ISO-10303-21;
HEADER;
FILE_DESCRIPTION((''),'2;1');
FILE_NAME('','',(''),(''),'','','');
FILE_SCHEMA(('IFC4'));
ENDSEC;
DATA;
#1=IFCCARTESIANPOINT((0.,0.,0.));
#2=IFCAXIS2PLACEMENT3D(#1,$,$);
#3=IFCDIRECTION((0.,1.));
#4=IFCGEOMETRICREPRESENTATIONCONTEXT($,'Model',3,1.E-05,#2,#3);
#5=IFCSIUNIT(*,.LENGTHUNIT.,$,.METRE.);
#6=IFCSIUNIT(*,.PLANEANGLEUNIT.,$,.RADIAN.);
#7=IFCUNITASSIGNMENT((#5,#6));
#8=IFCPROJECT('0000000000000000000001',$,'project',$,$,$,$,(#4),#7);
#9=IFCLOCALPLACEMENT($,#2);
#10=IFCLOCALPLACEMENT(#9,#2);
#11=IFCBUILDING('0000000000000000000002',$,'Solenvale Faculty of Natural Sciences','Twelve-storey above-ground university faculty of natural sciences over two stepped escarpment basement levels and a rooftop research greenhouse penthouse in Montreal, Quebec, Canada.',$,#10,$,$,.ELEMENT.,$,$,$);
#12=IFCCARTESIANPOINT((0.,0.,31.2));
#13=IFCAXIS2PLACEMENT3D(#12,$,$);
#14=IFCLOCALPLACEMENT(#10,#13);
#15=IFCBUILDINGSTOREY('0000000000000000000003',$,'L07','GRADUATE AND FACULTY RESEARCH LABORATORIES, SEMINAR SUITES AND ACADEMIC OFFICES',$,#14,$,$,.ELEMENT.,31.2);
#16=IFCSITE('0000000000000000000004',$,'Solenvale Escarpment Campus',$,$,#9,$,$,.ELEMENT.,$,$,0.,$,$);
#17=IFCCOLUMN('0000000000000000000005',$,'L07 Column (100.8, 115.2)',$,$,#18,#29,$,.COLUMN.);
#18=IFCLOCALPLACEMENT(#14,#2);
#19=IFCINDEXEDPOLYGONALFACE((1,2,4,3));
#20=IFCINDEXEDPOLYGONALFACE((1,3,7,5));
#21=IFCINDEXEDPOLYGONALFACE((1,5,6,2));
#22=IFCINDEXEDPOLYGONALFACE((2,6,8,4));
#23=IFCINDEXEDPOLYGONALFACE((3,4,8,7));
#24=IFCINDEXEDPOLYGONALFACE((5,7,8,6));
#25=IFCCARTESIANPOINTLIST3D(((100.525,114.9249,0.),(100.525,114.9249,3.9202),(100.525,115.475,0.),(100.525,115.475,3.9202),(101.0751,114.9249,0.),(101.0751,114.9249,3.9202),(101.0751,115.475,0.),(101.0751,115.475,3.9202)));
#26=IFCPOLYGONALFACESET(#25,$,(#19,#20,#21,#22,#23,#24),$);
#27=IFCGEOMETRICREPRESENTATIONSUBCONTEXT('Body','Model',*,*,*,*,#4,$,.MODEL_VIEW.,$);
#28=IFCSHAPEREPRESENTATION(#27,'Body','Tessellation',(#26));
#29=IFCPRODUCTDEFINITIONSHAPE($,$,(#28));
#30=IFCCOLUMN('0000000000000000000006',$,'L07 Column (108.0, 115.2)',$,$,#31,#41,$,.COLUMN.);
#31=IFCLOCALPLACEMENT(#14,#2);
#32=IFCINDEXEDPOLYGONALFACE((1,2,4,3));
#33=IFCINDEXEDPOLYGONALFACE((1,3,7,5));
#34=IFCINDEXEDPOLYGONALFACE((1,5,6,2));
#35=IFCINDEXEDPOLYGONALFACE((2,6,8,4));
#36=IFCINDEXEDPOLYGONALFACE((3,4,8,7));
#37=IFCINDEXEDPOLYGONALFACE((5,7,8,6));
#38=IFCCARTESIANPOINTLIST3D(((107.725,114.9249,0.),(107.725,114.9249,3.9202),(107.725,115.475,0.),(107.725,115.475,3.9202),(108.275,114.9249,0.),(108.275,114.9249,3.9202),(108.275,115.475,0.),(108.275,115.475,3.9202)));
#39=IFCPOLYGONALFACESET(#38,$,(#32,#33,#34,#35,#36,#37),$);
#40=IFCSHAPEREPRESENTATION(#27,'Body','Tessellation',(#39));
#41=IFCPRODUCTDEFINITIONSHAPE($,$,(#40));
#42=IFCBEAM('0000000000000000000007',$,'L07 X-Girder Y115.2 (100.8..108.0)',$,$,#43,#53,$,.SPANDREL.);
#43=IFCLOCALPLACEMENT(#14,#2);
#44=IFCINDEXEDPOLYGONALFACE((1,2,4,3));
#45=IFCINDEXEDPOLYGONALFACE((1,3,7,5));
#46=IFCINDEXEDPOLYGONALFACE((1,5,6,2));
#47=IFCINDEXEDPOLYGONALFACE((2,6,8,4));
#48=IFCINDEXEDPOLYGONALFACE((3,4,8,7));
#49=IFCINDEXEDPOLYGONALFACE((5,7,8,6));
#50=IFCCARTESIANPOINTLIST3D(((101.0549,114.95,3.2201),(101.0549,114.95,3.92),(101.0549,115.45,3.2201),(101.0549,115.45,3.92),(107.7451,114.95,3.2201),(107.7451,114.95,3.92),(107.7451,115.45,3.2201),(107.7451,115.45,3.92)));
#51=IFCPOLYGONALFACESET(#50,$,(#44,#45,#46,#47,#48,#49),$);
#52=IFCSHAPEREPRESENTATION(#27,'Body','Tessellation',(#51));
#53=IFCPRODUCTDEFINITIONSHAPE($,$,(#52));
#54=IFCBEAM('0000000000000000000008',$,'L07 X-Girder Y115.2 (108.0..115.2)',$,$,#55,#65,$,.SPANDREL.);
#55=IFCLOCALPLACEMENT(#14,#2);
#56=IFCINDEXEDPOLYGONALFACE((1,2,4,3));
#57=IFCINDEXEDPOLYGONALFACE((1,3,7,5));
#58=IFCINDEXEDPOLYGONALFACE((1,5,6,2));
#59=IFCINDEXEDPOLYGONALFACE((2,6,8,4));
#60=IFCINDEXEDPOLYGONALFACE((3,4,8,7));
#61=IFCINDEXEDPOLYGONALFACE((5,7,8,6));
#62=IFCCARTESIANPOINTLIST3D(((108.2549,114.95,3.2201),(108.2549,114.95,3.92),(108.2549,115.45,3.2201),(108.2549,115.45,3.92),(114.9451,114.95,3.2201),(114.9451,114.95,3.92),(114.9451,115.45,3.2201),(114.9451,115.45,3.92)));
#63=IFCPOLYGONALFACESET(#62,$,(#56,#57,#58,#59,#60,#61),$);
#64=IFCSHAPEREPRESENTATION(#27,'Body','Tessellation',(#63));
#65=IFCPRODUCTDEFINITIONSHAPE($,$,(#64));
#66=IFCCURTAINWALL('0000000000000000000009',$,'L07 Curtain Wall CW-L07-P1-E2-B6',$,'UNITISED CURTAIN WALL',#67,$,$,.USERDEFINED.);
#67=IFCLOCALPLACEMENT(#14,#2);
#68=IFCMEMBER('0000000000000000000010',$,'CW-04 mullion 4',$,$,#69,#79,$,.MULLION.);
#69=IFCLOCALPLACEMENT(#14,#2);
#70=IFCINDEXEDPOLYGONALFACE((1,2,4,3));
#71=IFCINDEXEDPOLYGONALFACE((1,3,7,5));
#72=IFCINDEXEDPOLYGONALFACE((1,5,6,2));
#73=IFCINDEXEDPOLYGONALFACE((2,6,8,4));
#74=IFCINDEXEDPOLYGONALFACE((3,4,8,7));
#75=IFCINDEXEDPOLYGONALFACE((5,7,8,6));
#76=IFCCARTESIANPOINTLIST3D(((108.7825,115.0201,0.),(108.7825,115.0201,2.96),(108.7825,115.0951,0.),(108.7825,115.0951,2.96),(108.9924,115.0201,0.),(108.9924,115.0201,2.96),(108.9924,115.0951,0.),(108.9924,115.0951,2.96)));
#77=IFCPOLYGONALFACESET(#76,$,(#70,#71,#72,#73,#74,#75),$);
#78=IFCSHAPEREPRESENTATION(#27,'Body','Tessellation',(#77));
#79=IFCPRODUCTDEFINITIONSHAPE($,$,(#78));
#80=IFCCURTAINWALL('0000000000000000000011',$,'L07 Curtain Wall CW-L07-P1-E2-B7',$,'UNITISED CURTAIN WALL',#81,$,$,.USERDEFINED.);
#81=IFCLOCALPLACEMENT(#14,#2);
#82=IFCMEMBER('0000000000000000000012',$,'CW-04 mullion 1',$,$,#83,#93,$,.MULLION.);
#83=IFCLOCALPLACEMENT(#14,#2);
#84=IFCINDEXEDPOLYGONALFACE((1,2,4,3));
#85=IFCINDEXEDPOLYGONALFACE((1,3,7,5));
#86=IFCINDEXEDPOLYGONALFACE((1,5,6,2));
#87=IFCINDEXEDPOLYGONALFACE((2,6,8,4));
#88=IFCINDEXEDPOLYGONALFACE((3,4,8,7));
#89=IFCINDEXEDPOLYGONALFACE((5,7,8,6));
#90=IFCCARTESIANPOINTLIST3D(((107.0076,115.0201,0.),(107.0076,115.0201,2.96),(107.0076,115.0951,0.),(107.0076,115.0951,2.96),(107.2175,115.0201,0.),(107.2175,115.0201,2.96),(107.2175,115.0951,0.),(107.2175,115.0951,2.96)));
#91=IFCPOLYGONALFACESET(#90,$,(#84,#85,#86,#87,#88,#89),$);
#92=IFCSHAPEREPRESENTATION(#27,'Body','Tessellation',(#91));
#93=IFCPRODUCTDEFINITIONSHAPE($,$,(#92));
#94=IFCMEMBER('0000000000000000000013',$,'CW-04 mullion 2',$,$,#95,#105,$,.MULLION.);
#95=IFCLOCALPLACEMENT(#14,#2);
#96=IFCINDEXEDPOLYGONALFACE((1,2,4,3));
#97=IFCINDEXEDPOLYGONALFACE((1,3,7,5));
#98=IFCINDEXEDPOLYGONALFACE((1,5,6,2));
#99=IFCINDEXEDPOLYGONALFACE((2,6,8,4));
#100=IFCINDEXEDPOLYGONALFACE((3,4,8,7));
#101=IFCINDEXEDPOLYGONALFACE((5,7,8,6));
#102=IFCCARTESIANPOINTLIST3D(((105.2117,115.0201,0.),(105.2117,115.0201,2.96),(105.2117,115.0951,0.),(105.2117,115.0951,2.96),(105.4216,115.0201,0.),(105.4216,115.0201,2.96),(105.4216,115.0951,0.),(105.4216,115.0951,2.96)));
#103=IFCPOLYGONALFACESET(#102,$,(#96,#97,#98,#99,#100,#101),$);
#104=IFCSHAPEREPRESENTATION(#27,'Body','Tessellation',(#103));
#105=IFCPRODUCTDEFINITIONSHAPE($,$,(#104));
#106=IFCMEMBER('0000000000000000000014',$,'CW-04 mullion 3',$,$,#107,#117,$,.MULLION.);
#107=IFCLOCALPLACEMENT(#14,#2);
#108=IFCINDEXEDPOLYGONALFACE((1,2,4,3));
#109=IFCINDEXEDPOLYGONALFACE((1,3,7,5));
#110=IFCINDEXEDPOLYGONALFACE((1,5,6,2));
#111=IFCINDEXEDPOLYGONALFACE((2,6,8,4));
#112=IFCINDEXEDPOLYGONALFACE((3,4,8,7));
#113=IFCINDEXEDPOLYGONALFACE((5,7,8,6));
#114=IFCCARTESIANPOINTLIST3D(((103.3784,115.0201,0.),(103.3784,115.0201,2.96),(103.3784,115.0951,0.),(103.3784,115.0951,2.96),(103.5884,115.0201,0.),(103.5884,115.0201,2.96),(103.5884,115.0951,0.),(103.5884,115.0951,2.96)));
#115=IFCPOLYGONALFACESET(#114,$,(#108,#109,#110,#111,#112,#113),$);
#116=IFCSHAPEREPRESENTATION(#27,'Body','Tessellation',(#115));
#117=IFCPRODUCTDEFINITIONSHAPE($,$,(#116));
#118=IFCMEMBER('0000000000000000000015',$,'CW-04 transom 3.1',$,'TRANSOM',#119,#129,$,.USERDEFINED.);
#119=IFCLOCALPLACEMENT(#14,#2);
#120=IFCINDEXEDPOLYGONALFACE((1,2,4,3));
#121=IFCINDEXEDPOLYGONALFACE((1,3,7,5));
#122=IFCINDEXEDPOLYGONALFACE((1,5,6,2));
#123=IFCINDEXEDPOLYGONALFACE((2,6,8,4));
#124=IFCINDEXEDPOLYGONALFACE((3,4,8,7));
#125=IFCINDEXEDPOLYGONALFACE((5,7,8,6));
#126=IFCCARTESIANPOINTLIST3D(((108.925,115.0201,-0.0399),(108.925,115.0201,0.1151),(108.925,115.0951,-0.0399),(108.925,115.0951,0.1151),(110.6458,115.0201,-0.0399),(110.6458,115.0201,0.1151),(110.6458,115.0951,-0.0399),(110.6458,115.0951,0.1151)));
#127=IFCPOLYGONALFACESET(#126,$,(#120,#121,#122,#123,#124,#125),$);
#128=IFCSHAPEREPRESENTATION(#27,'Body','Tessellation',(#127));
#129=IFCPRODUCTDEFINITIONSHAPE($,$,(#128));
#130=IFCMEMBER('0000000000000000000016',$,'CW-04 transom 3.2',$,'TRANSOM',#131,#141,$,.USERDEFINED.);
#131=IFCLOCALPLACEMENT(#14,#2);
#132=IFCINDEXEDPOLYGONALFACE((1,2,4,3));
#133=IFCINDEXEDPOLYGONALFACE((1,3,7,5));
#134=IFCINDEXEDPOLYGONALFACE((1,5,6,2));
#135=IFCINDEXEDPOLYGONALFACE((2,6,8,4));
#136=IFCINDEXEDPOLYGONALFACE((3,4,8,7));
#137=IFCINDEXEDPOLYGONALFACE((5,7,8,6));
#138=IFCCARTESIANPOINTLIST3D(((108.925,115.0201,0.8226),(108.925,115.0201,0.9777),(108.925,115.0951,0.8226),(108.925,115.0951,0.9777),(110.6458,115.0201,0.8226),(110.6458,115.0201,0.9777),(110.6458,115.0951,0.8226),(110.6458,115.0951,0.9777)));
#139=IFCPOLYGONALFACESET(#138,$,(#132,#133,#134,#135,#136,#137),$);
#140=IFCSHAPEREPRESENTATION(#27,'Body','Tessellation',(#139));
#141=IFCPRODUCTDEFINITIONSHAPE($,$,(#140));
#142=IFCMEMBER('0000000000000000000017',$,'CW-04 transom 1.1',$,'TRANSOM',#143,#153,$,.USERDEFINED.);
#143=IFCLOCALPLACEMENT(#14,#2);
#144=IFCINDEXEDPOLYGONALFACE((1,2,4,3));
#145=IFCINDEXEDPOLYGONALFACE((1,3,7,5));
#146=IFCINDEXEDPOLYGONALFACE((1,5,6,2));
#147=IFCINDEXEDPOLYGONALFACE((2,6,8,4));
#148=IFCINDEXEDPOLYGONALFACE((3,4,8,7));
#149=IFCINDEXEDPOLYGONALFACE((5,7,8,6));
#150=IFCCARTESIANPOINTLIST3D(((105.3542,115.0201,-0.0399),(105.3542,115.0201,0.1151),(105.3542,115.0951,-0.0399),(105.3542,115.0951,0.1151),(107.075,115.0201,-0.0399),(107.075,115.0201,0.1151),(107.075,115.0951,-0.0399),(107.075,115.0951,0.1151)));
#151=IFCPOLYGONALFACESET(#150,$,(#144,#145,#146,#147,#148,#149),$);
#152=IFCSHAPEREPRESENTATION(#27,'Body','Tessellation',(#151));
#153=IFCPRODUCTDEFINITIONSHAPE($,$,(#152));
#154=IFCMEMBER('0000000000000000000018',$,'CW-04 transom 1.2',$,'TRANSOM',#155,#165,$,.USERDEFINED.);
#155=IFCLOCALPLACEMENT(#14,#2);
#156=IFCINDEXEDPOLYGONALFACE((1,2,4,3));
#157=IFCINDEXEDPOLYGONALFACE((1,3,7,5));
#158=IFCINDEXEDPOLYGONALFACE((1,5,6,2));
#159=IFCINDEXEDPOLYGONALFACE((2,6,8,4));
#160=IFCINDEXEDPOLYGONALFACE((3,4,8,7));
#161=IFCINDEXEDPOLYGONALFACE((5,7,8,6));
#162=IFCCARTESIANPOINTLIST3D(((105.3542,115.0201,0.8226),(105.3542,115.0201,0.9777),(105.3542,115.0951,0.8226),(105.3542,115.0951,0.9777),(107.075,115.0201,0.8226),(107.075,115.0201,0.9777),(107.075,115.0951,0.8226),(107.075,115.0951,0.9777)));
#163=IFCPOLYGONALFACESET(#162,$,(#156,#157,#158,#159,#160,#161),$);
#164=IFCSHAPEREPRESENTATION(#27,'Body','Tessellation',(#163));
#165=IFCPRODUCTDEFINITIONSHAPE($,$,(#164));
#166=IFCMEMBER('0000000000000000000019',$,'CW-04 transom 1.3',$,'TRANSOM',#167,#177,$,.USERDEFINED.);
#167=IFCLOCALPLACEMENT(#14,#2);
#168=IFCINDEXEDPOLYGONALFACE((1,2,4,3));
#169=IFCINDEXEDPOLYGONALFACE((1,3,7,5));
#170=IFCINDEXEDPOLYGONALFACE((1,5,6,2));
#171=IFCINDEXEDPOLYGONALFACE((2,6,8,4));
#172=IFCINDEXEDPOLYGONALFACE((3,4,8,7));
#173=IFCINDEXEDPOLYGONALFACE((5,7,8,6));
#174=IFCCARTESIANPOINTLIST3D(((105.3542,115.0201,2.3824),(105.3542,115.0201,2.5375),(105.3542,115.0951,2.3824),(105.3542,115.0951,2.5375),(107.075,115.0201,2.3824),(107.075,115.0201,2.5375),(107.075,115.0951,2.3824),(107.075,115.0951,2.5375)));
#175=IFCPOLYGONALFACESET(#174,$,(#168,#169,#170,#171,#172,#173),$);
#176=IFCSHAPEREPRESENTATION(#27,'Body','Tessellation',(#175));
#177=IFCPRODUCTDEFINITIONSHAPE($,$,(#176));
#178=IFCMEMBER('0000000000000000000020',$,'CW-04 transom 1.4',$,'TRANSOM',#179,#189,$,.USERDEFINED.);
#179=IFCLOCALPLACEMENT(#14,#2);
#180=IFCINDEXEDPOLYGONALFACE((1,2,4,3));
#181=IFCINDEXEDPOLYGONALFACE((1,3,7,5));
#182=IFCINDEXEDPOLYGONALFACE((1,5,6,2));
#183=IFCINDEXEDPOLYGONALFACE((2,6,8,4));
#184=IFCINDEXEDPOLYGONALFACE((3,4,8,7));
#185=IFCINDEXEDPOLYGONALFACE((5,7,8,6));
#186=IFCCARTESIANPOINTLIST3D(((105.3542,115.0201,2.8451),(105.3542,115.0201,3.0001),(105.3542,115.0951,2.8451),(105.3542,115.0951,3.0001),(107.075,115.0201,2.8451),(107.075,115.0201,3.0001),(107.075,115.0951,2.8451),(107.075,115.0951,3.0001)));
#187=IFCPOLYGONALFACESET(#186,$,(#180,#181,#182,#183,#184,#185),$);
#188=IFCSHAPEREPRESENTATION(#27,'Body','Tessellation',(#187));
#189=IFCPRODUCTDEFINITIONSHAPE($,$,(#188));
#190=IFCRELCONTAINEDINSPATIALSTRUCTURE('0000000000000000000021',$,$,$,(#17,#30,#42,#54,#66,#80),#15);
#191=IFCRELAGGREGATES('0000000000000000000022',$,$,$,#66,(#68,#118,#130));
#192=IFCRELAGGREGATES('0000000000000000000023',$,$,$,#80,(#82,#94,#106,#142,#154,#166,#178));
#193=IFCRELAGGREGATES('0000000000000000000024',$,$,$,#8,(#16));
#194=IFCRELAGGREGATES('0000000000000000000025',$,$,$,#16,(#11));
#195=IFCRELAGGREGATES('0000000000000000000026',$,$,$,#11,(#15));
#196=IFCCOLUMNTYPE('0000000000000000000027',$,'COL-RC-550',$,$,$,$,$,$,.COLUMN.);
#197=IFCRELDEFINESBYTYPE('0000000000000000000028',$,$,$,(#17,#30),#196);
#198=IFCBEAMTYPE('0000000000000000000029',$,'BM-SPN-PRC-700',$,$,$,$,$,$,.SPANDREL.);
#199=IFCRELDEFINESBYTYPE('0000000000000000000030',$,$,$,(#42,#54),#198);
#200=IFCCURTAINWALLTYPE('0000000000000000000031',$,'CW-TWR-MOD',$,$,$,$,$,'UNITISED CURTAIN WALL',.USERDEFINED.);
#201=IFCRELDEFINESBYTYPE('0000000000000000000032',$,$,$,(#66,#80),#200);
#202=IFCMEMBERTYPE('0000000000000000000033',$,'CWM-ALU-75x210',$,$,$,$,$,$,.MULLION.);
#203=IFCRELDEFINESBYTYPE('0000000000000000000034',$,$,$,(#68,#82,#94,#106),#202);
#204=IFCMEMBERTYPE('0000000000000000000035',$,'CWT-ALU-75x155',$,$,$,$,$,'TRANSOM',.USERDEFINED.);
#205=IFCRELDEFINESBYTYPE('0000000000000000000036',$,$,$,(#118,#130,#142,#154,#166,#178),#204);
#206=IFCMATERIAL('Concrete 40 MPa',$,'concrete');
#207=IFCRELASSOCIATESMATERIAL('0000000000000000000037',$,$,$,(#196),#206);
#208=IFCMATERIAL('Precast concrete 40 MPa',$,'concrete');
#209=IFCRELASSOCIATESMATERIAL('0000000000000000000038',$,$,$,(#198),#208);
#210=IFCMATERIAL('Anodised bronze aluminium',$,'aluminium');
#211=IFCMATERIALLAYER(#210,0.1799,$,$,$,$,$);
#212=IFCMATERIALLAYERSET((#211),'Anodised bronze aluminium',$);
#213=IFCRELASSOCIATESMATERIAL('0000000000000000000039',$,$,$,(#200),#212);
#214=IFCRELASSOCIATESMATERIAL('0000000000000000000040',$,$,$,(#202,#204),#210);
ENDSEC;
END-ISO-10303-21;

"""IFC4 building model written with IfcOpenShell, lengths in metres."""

from ifc_helpers import new_model, si_unit, direction, frame, origin, origin_2d, place, context, subcontext, project, spatial, rectangle, extrude, material, layer, layer_set, material_profile, profile_set, type_object, element, aggregate, save


model = new_model("IFC4")

# Units and contexts
model_context = context("Model", 3, precision=1e-05, world=origin(), true_north=direction((0.0, 1.0)))
body_context = subcontext(model_context, "Body", "Model", "MODEL_VIEW")
ifc_project = project(units=[si_unit("LENGTHUNIT", "METRE"), si_unit("PLANEANGLEUNIT", "RADIAN")], contexts=[model_context])

# Site, building, storey
site_placement = place(None, origin())
site = spatial("IfcSite", under=ifc_project, at=site_placement, Name="Solenvale Escarpment Campus", CompositionType="ELEMENT", RefElevation=0.0)
building_placement = place(site_placement, origin())
building = spatial("IfcBuilding", under=site, at=building_placement, Name="Solenvale Faculty of Natural Sciences", Description="Twelve-storey above-ground university faculty of natural sciences over two stepped escarpment basement levels and a rooftop research greenhouse penthouse in Montreal, Quebec, Canada.", CompositionType="ELEMENT")
storey_placement = place(building_placement, frame((0.0, 0.0, 31.2)))
storey = spatial("IfcBuildingStorey", under=building, at=storey_placement, Name="L07", Description="GRADUATE AND FACULTY RESEARCH LABORATORIES, SEMINAR SUITES AND ACADEMIC OFFICES", CompositionType="ELEMENT", Elevation=31.2)

# Columns
ifc_material_1 = material(Name="Concrete 40 MPa", Category="concrete")
ifc_material_profile_1 = material_profile(ifc_material_1, rectangle(XDim=0.55, YDim=0.55, at=origin_2d()), Name="RC-COL-550x550")
ifc_profile_set_1 = profile_set([ifc_material_profile_1], Name="Concrete 40 MPa")
column_type = type_object("IfcColumnType", Name="COL-RC-550", PredefinedType="COLUMN", material=ifc_profile_set_1)
for number, where, z_axis, x_axis, name in (
    (1, (100.8, 115.2, 0.0), (0.0, 0.0, 1.0), (1.0, 0.0, 0.0), "L07 Column (100.8, 115.2)"),
    (2, (108.0, 115.2, 0.0), (0.0, 0.0, 1.0), (1.0, 0.0, 0.0), "L07 Column (108.0, 115.2)"),
):
    element("IfcColumn", number, at=place(storey_placement, frame(where, z_axis=z_axis, x_axis=x_axis)), inside=storey, type_object=column_type, Name=name, PredefinedType="COLUMN", context=body_context, shape_type="SweptSolid", body=[
        extrude(rectangle(XDim=0.55, YDim=0.55, at=origin_2d()), origin(), (0.0, 0.0, 1.0), 3.9202),
    ])

# Beams
ifc_material_2 = material(Name="Precast concrete 40 MPa", Category="concrete")
ifc_material_profile_2 = material_profile(ifc_material_2, rectangle(XDim=0.5, YDim=0.7, at=origin_2d()), Name="RC-BM-500x700")
ifc_profile_set_2 = profile_set([ifc_material_profile_2], Name="Precast concrete 40 MPa")
beam_type = type_object("IfcBeamType", Name="BM-SPN-PRC-700", PredefinedType="SPANDREL", material=ifc_profile_set_2)
for number, where, z_axis, x_axis, name in (
    (3, (101.0549, 115.2, 3.5701), (1.0, 0.0, 0.0), (0.0, 1.0, 0.0), "L07 X-Girder Y115.2 (100.8..108.0)"),
    (4, (108.2549, 115.2, 3.5701), (1.0, 0.0, 0.0), (0.0, 1.0, 0.0), "L07 X-Girder Y115.2 (108.0..115.2)"),
):
    element("IfcBeam", number, at=place(storey_placement, frame(where, z_axis=z_axis, x_axis=x_axis)), inside=storey, type_object=beam_type, Name=name, PredefinedType="SPANDREL", context=body_context, shape_type="SweptSolid", body=[
        extrude(rectangle(XDim=0.5, YDim=0.7, at=origin_2d()), origin(), (0.0, 0.0, 1.0), 6.6902),
    ])

# Curtain wall, member
ifc_material_3 = material(Name="Anodised bronze aluminium", Category="aluminium")
ifc_layer_1 = layer(ifc_material_3, 0.1799)
ifc_layer_set_1 = layer_set([ifc_layer_1], Name="Anodised bronze aluminium")
curtain_wall_type = type_object("IfcCurtainWallType", Name="CW-TWR-MOD", ElementType="UNITISED CURTAIN WALL", PredefinedType="USERDEFINED", material=ifc_layer_set_1)
curtain_wall_1_placement = place(storey_placement, origin())
curtain_wall_1 = element("IfcCurtainWall", 5, at=curtain_wall_1_placement, inside=storey, type_object=curtain_wall_type, Name="L07 Curtain Wall CW-L07-P1-E2-B6", ObjectType="UNITISED CURTAIN WALL", PredefinedType="USERDEFINED")
ifc_material_profile_3 = material_profile(ifc_material_3, rectangle(XDim=0.075, YDim=0.21, at=origin_2d()), Name="ALU-MUL-75x210")
ifc_profile_set_3 = profile_set([ifc_material_profile_3], Name="Anodised bronze aluminium")
member_type_1 = type_object("IfcMemberType", Name="CWM-ALU-75x210", PredefinedType="MULLION", material=ifc_profile_set_3)
member_1_placement = place(storey_placement, frame((108.8875, 115.0576, 0.0), z_axis=(0.0, 0.0, 1.0), x_axis=(0.0, -1.0, 0.0)))
member_1 = element("IfcMember", 6, at=member_1_placement, type_object=member_type_1, Name="CW-04 mullion 4", PredefinedType="MULLION", context=body_context, shape_type="SweptSolid", body=[
    extrude(rectangle(XDim=0.075, YDim=0.21, at=origin_2d()), origin(), (0.0, 0.0, 1.0), 2.96),
])

# Curtain wall, members
curtain_wall_2_placement = place(storey_placement, origin())
curtain_wall_2 = element("IfcCurtainWall", 7, at=curtain_wall_2_placement, inside=storey, type_object=curtain_wall_type, Name="L07 Curtain Wall CW-L07-P1-E2-B7", ObjectType="UNITISED CURTAIN WALL", PredefinedType="USERDEFINED")
member_2_placement = place(storey_placement, frame((107.1125, 115.0576, 0.0), z_axis=(0.0, 0.0, 1.0), x_axis=(0.0, -1.0, 0.0)))
member_2 = element("IfcMember", 8, at=member_2_placement, type_object=member_type_1, Name="CW-04 mullion 1", PredefinedType="MULLION", context=body_context, shape_type="SweptSolid", body=[
    extrude(rectangle(XDim=0.075, YDim=0.21, at=origin_2d()), origin(), (0.0, 0.0, 1.0), 2.96),
])
member_3_placement = place(storey_placement, frame((105.3167, 115.0576, 0.0), z_axis=(0.0, 0.0, 1.0), x_axis=(0.0, -1.0, 0.0)))
member_3 = element("IfcMember", 9, at=member_3_placement, type_object=member_type_1, Name="CW-04 mullion 2", PredefinedType="MULLION", context=body_context, shape_type="SweptSolid", body=[
    extrude(rectangle(XDim=0.075, YDim=0.21, at=origin_2d()), origin(), (0.0, 0.0, 1.0), 2.96),
])
member_4_placement = place(storey_placement, frame((103.4834, 115.0576, 0.0), z_axis=(0.0, 0.0, 1.0), x_axis=(0.0, -1.0, 0.0)))
member_4 = element("IfcMember", 10, at=member_4_placement, type_object=member_type_1, Name="CW-04 mullion 3", PredefinedType="MULLION", context=body_context, shape_type="SweptSolid", body=[
    extrude(rectangle(XDim=0.075, YDim=0.21, at=origin_2d()), origin(), (0.0, 0.0, 1.0), 2.96),
])

# Members
ifc_material_profile_4 = material_profile(ifc_material_3, rectangle(XDim=0.075, YDim=0.155, at=origin_2d()), Name="ALU-TRN-75x155")
ifc_profile_set_4 = profile_set([ifc_material_profile_4], Name="Anodised bronze aluminium")
member_type_2 = type_object("IfcMemberType", Name="CWT-ALU-75x155", ElementType="TRANSOM", PredefinedType="USERDEFINED", material=ifc_profile_set_4)
member_5_placement = place(storey_placement, frame((110.6458, 115.0576, 0.0376), z_axis=(-1.0, 0.0, 0.0), x_axis=(0.0, -1.0, 0.0)))
member_5 = element("IfcMember", 11, at=member_5_placement, type_object=member_type_2, Name="CW-04 transom 3.1", ObjectType="TRANSOM", PredefinedType="USERDEFINED", context=body_context, shape_type="SweptSolid", body=[
    extrude(rectangle(XDim=0.075, YDim=0.155, at=origin_2d()), origin(), (0.0, 0.0, 1.0), 1.7207),
])
member_6_placement = place(storey_placement, frame((110.6458, 115.0576, 0.9001), z_axis=(-1.0, 0.0, 0.0), x_axis=(0.0, -1.0, 0.0)))
member_6 = element("IfcMember", 12, at=member_6_placement, type_object=member_type_2, Name="CW-04 transom 3.2", ObjectType="TRANSOM", PredefinedType="USERDEFINED", context=body_context, shape_type="SweptSolid", body=[
    extrude(rectangle(XDim=0.075, YDim=0.155, at=origin_2d()), origin(), (0.0, 0.0, 1.0), 1.7207),
])
member_7_placement = place(storey_placement, frame((107.075, 115.0576, 0.0376), z_axis=(-1.0, 0.0, 0.0), x_axis=(0.0, -1.0, 0.0)))
member_7 = element("IfcMember", 13, at=member_7_placement, type_object=member_type_2, Name="CW-04 transom 1.1", ObjectType="TRANSOM", PredefinedType="USERDEFINED", context=body_context, shape_type="SweptSolid", body=[
    extrude(rectangle(XDim=0.075, YDim=0.155, at=origin_2d()), origin(), (0.0, 0.0, 1.0), 1.7207),
])
member_8_placement = place(storey_placement, frame((107.075, 115.0576, 0.9001), z_axis=(-1.0, 0.0, 0.0), x_axis=(0.0, -1.0, 0.0)))
member_8 = element("IfcMember", 14, at=member_8_placement, type_object=member_type_2, Name="CW-04 transom 1.2", ObjectType="TRANSOM", PredefinedType="USERDEFINED", context=body_context, shape_type="SweptSolid", body=[
    extrude(rectangle(XDim=0.075, YDim=0.155, at=origin_2d()), origin(), (0.0, 0.0, 1.0), 1.7207),
])
member_9_placement = place(storey_placement, frame((107.075, 115.0576, 2.46), z_axis=(-1.0, 0.0, 0.0), x_axis=(0.0, -1.0, 0.0)))
member_9 = element("IfcMember", 15, at=member_9_placement, type_object=member_type_2, Name="CW-04 transom 1.3", ObjectType="TRANSOM", PredefinedType="USERDEFINED", context=body_context, shape_type="SweptSolid", body=[
    extrude(rectangle(XDim=0.075, YDim=0.155, at=origin_2d()), origin(), (0.0, 0.0, 1.0), 1.7207),
])
member_10_placement = place(storey_placement, frame((107.075, 115.0576, 2.9226), z_axis=(-1.0, 0.0, 0.0), x_axis=(0.0, -1.0, 0.0)))
member_10 = element("IfcMember", 16, at=member_10_placement, type_object=member_type_2, Name="CW-04 transom 1.4", ObjectType="TRANSOM", PredefinedType="USERDEFINED", context=body_context, shape_type="SweptSolid", body=[
    extrude(rectangle(XDim=0.075, YDim=0.155, at=origin_2d()), origin(), (0.0, 0.0, 1.0), 1.7207),
])

aggregate(curtain_wall_1, [member_1, member_5, member_6])
aggregate(curtain_wall_2, [member_2, member_3, member_4, member_7, member_8, member_9, member_10])

save(model, "model.ifc")
